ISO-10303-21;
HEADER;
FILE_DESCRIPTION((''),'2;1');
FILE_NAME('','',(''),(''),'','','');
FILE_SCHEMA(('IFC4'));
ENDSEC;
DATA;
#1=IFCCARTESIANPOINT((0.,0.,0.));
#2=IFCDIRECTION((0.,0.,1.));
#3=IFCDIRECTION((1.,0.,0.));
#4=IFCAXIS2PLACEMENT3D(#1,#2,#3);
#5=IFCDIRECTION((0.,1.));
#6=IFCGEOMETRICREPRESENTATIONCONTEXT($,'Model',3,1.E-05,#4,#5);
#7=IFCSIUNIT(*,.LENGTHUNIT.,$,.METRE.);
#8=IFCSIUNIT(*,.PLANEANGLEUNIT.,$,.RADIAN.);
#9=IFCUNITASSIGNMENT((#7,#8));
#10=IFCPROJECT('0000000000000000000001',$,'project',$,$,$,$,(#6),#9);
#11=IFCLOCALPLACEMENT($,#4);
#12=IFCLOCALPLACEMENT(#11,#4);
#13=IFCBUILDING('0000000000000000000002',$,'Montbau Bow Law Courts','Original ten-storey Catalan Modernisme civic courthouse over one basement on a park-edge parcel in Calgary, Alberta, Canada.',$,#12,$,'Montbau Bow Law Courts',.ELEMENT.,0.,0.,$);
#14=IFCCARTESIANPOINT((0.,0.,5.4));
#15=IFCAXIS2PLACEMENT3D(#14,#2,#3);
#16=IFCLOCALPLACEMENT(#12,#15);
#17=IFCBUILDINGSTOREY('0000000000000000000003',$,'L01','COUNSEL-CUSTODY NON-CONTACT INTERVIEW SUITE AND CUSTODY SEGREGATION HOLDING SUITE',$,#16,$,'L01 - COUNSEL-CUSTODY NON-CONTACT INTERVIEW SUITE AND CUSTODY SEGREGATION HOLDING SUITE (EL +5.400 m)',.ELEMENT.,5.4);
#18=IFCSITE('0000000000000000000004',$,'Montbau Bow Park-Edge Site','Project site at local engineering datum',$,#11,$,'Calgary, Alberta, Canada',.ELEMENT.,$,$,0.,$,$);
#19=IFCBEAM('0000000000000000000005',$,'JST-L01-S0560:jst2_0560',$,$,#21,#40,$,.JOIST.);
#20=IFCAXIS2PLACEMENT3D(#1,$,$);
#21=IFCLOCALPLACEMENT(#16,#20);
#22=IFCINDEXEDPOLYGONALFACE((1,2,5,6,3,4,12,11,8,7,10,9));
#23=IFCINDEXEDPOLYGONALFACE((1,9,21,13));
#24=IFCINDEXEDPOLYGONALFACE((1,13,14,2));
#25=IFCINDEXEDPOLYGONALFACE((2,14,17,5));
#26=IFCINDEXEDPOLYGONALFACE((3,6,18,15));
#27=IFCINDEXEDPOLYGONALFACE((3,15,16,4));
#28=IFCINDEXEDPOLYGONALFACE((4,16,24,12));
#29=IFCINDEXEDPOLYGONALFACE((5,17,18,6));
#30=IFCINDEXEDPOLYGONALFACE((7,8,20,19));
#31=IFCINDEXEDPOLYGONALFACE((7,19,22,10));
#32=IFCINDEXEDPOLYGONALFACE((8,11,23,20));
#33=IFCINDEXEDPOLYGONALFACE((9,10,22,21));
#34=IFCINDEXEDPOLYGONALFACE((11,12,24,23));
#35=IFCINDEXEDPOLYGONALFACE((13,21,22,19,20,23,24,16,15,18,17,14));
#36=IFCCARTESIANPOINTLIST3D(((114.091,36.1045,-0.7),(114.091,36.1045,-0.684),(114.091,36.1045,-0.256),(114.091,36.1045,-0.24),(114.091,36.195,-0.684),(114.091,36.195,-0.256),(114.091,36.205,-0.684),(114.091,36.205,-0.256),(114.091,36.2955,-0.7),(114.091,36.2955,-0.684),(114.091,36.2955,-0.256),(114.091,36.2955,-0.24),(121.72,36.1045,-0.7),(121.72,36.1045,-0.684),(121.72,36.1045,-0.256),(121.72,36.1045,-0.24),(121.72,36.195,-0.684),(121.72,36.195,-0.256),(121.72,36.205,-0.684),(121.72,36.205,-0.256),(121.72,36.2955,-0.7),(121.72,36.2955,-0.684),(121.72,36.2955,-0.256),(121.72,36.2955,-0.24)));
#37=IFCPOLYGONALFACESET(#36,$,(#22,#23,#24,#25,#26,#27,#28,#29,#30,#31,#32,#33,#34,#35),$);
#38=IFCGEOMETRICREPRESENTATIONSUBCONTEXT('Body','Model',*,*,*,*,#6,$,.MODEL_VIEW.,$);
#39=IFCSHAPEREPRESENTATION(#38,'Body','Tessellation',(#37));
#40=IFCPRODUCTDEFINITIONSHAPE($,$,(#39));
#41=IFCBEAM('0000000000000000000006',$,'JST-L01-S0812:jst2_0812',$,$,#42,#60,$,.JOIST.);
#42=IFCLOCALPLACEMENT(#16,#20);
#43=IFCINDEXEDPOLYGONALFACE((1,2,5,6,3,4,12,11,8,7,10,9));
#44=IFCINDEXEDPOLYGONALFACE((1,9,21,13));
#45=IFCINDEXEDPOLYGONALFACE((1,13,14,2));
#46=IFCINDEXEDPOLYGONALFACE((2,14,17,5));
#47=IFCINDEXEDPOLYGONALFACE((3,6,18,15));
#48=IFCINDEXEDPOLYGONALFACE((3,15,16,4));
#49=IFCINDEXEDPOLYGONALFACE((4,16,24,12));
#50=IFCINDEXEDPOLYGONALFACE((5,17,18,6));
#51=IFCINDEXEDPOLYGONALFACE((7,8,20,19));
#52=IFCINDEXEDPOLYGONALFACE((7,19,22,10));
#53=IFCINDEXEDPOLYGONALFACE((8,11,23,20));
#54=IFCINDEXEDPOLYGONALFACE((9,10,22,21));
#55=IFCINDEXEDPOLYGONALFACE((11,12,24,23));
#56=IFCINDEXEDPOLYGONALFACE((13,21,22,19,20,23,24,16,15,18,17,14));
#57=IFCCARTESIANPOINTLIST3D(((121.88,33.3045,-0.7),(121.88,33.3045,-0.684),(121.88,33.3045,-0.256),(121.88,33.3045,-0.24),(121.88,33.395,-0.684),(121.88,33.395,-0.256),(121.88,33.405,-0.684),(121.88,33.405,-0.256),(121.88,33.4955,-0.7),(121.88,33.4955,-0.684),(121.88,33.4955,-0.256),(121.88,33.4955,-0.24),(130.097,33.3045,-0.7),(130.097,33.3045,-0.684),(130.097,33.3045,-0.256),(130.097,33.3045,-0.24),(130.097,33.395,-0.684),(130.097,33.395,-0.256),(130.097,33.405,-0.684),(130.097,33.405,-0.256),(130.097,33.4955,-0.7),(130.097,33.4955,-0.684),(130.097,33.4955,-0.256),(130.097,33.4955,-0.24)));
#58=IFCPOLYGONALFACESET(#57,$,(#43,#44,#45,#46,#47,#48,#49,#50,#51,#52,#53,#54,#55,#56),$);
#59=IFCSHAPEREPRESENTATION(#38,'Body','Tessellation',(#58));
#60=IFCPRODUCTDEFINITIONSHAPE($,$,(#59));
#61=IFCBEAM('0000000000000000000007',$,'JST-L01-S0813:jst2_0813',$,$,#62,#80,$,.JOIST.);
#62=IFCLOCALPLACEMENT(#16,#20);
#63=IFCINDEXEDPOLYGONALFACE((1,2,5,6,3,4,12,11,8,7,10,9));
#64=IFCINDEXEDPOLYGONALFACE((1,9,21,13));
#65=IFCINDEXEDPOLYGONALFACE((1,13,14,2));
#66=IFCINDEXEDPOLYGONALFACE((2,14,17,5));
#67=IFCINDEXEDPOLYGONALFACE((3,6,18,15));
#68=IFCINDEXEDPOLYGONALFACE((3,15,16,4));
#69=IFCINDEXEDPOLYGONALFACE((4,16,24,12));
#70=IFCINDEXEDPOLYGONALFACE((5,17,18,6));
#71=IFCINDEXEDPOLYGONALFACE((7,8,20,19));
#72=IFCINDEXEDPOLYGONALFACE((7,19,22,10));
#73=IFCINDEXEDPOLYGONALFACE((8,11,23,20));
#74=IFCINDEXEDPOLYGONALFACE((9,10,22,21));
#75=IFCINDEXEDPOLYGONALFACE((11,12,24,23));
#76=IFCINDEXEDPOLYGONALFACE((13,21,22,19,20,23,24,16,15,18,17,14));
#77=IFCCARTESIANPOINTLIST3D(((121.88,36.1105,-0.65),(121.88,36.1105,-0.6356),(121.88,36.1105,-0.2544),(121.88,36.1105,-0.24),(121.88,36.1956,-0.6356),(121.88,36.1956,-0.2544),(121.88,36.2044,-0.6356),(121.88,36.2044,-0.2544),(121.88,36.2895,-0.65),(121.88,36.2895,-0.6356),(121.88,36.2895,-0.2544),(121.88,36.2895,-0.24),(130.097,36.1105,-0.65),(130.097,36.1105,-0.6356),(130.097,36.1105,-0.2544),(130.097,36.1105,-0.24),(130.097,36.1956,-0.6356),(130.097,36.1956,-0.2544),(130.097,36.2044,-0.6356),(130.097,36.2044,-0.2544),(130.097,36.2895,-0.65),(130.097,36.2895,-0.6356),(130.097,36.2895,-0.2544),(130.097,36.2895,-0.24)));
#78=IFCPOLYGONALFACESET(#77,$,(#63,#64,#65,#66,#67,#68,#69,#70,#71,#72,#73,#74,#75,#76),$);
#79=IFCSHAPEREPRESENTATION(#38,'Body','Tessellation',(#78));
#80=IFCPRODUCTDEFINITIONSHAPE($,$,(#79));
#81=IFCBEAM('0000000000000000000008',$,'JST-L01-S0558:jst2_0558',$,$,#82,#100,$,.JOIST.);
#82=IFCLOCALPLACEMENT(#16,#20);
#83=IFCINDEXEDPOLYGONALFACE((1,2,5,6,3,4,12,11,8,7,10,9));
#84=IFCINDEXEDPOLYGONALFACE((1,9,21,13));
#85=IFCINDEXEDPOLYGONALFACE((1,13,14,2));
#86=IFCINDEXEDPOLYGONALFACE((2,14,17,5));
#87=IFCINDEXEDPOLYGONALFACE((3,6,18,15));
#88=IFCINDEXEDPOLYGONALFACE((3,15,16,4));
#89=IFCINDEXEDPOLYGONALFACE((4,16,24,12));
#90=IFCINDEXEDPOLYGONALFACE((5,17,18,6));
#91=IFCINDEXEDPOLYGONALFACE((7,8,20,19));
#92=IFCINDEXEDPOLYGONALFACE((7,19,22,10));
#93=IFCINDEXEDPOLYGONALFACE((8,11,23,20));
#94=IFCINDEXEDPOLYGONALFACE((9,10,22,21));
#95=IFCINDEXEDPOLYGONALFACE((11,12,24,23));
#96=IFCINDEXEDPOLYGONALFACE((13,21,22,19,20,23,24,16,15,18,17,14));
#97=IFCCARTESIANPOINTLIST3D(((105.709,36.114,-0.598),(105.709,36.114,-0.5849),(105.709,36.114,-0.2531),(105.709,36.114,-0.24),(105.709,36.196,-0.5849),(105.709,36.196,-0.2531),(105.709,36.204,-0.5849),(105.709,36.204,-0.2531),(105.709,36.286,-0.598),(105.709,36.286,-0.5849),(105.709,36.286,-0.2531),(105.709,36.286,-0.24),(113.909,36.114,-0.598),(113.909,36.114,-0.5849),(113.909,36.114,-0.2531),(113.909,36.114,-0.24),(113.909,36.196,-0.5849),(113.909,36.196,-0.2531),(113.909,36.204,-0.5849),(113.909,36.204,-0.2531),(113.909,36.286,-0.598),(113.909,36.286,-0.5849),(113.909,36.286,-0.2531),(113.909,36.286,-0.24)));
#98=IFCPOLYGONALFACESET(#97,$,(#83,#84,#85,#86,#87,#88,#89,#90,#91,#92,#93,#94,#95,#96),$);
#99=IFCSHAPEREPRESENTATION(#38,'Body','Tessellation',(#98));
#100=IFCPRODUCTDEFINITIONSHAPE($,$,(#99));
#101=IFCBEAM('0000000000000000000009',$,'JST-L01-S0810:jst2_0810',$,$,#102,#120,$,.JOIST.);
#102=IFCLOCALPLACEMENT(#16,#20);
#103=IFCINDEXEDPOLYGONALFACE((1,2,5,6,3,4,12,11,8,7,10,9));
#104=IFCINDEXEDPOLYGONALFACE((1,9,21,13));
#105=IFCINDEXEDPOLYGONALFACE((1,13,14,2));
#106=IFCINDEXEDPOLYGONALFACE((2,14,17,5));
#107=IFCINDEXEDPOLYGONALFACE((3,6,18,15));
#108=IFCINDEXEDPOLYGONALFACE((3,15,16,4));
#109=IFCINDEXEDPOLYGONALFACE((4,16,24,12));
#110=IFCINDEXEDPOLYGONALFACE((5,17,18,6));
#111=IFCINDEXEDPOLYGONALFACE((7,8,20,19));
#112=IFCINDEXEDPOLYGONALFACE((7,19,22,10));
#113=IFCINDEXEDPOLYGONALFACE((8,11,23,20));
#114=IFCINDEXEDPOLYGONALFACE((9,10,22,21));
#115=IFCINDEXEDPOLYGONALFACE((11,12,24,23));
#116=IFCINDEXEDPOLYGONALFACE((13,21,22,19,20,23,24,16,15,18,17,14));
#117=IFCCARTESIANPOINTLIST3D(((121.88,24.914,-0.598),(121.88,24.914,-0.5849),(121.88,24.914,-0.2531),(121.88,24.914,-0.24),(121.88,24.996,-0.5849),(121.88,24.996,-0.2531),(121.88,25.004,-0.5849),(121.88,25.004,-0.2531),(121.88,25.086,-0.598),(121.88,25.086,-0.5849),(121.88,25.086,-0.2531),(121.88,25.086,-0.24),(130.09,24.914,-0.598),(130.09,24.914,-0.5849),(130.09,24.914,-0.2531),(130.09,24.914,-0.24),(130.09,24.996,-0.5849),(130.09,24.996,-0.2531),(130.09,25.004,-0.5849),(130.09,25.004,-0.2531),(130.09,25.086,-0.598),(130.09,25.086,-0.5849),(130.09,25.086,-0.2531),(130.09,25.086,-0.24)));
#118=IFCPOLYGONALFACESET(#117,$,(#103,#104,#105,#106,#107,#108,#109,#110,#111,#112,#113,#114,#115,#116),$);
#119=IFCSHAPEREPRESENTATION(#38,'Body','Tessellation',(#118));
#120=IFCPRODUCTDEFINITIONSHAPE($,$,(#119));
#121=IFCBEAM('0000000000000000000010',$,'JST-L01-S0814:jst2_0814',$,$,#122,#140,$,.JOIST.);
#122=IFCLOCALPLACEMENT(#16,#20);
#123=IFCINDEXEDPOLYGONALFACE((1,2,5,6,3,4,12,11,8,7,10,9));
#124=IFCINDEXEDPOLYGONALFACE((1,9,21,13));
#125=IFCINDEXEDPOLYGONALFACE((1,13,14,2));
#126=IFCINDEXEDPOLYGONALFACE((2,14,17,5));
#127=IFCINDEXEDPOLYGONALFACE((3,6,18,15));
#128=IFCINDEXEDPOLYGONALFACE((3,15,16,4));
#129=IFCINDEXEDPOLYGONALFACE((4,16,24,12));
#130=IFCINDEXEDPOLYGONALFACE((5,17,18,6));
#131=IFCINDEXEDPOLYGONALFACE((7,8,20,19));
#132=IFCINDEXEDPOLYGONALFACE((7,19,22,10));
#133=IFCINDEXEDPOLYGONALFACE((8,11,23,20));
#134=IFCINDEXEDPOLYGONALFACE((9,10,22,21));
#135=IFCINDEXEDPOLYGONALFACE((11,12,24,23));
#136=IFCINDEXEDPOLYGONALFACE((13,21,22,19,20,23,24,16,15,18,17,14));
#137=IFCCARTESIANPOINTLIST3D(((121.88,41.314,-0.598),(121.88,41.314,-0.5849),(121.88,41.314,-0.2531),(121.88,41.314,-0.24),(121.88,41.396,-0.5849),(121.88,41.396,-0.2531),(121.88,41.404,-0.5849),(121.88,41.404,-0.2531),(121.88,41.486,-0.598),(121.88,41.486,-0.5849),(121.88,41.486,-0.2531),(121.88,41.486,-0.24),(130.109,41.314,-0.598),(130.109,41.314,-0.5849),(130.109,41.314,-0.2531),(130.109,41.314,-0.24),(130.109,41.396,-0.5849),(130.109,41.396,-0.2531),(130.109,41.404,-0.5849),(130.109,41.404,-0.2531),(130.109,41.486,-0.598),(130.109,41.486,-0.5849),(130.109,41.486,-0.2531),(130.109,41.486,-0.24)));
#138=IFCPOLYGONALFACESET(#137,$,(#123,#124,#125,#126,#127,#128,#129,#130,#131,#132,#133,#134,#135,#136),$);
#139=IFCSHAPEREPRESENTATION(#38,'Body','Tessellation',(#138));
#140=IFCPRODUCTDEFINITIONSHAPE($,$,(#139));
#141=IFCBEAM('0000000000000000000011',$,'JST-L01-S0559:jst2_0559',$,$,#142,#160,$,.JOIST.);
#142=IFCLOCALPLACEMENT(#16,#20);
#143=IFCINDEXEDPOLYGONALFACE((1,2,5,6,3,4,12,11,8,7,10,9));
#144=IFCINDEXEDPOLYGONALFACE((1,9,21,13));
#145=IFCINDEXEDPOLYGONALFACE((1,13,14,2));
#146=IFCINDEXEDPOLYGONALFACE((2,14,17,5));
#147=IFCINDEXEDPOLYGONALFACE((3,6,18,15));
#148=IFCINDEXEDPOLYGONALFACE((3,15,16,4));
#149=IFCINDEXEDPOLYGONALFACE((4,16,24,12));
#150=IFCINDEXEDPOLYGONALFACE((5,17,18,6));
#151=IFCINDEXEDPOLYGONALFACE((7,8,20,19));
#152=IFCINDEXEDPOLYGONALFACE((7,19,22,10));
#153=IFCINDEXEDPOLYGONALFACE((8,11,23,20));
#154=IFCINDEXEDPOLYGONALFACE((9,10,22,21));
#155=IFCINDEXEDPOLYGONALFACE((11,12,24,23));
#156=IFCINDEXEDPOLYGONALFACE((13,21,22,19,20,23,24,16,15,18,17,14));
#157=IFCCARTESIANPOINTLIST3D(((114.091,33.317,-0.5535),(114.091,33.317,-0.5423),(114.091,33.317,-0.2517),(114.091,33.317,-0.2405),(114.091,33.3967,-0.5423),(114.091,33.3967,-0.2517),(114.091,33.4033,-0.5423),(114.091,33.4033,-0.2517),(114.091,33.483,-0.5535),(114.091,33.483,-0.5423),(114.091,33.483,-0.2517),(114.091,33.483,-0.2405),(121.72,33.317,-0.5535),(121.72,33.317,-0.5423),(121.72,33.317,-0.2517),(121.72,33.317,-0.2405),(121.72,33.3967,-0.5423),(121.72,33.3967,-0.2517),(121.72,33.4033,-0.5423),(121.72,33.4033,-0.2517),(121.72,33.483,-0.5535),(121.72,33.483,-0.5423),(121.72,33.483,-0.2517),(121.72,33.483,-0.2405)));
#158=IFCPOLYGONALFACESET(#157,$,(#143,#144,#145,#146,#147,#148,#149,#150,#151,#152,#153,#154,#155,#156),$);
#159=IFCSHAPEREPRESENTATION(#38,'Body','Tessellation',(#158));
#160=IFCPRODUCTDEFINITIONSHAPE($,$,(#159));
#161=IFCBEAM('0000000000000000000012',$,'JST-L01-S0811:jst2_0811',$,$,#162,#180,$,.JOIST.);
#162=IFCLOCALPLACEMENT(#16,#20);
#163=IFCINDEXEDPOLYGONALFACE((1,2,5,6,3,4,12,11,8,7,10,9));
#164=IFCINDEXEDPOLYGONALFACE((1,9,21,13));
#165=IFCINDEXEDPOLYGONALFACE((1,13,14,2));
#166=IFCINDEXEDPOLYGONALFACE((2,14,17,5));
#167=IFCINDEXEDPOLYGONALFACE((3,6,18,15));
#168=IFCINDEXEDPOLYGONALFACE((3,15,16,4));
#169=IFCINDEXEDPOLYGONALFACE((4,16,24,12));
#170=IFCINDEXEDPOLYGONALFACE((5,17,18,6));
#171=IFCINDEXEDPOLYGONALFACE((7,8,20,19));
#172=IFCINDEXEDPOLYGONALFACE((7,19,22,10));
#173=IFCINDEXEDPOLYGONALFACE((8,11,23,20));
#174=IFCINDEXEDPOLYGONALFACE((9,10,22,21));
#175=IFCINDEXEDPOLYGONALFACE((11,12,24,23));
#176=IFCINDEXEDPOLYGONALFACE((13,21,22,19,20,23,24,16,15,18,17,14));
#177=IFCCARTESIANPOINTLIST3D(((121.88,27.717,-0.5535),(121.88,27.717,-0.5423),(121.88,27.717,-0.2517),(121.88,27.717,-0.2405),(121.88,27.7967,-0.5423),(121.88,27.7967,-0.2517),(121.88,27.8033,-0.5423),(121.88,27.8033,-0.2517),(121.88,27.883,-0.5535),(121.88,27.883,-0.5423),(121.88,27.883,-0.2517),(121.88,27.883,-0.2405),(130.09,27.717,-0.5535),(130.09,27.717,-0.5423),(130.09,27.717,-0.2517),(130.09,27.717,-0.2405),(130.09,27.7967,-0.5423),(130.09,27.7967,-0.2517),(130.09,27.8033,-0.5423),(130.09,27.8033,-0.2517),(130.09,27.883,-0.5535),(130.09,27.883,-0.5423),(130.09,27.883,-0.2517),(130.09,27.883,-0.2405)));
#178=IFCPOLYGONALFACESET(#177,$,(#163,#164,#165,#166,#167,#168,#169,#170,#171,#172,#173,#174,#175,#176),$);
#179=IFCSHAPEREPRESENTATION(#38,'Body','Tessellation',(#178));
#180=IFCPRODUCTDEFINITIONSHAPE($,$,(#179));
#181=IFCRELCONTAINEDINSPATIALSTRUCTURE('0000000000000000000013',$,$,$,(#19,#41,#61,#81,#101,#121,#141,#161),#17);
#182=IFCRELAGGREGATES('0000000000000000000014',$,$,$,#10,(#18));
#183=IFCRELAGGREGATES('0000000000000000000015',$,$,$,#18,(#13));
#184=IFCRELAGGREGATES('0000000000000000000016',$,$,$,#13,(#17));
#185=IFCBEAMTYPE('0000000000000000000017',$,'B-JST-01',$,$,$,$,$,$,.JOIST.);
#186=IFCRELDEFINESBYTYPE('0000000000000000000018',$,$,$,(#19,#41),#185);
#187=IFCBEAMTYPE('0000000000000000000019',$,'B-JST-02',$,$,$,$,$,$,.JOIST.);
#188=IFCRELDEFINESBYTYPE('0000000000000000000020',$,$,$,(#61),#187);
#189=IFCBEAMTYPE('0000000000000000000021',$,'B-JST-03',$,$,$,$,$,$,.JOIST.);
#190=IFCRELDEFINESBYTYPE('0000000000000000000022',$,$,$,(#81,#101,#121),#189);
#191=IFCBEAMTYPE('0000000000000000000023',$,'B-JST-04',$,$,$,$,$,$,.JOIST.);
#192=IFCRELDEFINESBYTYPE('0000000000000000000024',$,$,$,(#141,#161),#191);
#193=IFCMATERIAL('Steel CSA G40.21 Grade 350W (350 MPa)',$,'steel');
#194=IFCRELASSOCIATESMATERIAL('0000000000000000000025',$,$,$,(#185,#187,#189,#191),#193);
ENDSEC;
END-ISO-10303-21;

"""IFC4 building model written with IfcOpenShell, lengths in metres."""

from ifc_helpers import new_model, si_unit, direction, frame, origin_with_axes, origin_2d_with_axis, place, context, subcontext, project, spatial, i_section, extrude, material, material_profile, profile_set, type_object, element, save


model = new_model("IFC4")

# Units and contexts
model_context = context("Model", 3, precision=1e-05, world=origin_with_axes(), true_north=direction((0.0, 1.0)))
body_context = subcontext(model_context, "Body", "Model", "MODEL_VIEW")
ifc_project = project(units=[si_unit("LENGTHUNIT", "METRE"), si_unit("PLANEANGLEUNIT", "RADIAN")], contexts=[model_context])

# Site, building, storey
site_placement = place(None, origin_with_axes())
site = spatial("IfcSite", under=ifc_project, at=site_placement, Name="Montbau Bow Park-Edge Site", Description="Project site at local engineering datum", LongName="Calgary, Alberta, Canada", CompositionType="ELEMENT", RefElevation=0.0)
building_placement = place(site_placement, origin_with_axes())
building = spatial("IfcBuilding", under=site, at=building_placement, Name="Montbau Bow Law Courts", Description="Original ten-storey Catalan Modernisme civic courthouse over one basement on a park-edge parcel in Calgary, Alberta, Canada.", LongName="Montbau Bow Law Courts", CompositionType="ELEMENT", ElevationOfRefHeight=0.0, ElevationOfTerrain=0.0)
storey_placement = place(building_placement, frame((0.0, 0.0, 5.4), z_axis=(0.0, 0.0, 1.0), x_axis=(1.0, 0.0, 0.0)))
storey = spatial("IfcBuildingStorey", under=building, at=storey_placement, Name="L01", Description="COUNSEL-CUSTODY NON-CONTACT INTERVIEW SUITE AND CUSTODY SEGREGATION HOLDING SUITE", LongName="L01 - COUNSEL-CUSTODY NON-CONTACT INTERVIEW SUITE AND CUSTODY SEGREGATION HOLDING SUITE (EL +5.400 m)", CompositionType="ELEMENT", Elevation=5.4)

# Shared definitions
ifc_material_1 = material(Name="Steel CSA G40.21 Grade 350W (350 MPa)", Category="steel")

# Beams
ifc_material_profile_1 = material_profile(ifc_material_1, i_section(OverallWidth=0.191, OverallDepth=0.46, WebThickness=0.0099, FlangeThickness=0.016, at=origin_2d_with_axis()), Name="W460X82", Category="Main", Priority=0)
ifc_profile_set_1 = profile_set([ifc_material_profile_1], Name="Steel CSA G40.21 Grade 350W (350 MPa)")
beam_type_1 = type_object("IfcBeamType", Name="B-JST-01", PredefinedType="JOIST", material=ifc_profile_set_1)
beam_1_placement = place(None, frame((114.091, 36.2, 4.93), z_axis=(1.0, 0.0, 0.0), x_axis=(0.0, 1.0, 0.0)))
element("IfcBeam", 1, at=beam_1_placement, inside=storey, type_object=beam_type_1, Name="JST-L01-S0560:jst2_0560", PredefinedType="JOIST", context=body_context, shape_type="SweptSolid", body=[
    extrude(i_section(OverallWidth=0.191, OverallDepth=0.46, WebThickness=0.0099, FlangeThickness=0.016, at=origin_2d_with_axis()), origin_with_axes(), (0.0, 0.0, 1.0), 7.629),
])
beam_2_placement = place(None, frame((121.88, 33.4, 4.93), z_axis=(1.0, 0.0, 0.0), x_axis=(0.0, 1.0, 0.0)))
element("IfcBeam", 2, at=beam_2_placement, inside=storey, type_object=beam_type_1, Name="JST-L01-S0812:jst2_0812", PredefinedType="JOIST", context=body_context, shape_type="SweptSolid", body=[
    extrude(i_section(OverallWidth=0.191, OverallDepth=0.46, WebThickness=0.0099, FlangeThickness=0.016, at=origin_2d_with_axis()), origin_with_axes(), (0.0, 0.0, 1.0), 8.217),
])
ifc_material_profile_2 = material_profile(ifc_material_1, i_section(OverallWidth=0.179, OverallDepth=0.41, WebThickness=0.0088, FlangeThickness=0.0144, at=origin_2d_with_axis()), Name="W410X67", Category="Main", Priority=0)
ifc_profile_set_2 = profile_set([ifc_material_profile_2], Name="Steel CSA G40.21 Grade 350W (350 MPa)")
beam_type_2 = type_object("IfcBeamType", Name="B-JST-02", PredefinedType="JOIST", material=ifc_profile_set_2)
beam_3_placement = place(None, frame((121.88, 36.2, 4.955), z_axis=(1.0, 0.0, 0.0), x_axis=(0.0, 1.0, 0.0)))
element("IfcBeam", 3, at=beam_3_placement, inside=storey, type_object=beam_type_2, Name="JST-L01-S0813:jst2_0813", PredefinedType="JOIST", context=body_context, shape_type="SweptSolid", body=[
    extrude(i_section(OverallWidth=0.179, OverallDepth=0.41, WebThickness=0.0088, FlangeThickness=0.0144, at=origin_2d_with_axis()), origin_with_axes(), (0.0, 0.0, 1.0), 8.217),
])
ifc_material_profile_3 = material_profile(ifc_material_1, i_section(OverallWidth=0.172, OverallDepth=0.358, WebThickness=0.0079, FlangeThickness=0.0131, at=origin_2d_with_axis()), Name="W360X57", Category="Main", Priority=0)
ifc_profile_set_3 = profile_set([ifc_material_profile_3], Name="Steel CSA G40.21 Grade 350W (350 MPa)")
beam_type_3 = type_object("IfcBeamType", Name="B-JST-03", PredefinedType="JOIST", material=ifc_profile_set_3)
beam_4_placement = place(None, frame((105.709, 36.2, 4.981), z_axis=(1.0, 0.0, 0.0), x_axis=(0.0, 1.0, 0.0)))
element("IfcBeam", 4, at=beam_4_placement, inside=storey, type_object=beam_type_3, Name="JST-L01-S0558:jst2_0558", PredefinedType="JOIST", context=body_context, shape_type="SweptSolid", body=[
    extrude(i_section(OverallWidth=0.172, OverallDepth=0.358, WebThickness=0.0079, FlangeThickness=0.0131, at=origin_2d_with_axis()), origin_with_axes(), (0.0, 0.0, 1.0), 8.2),
])
beam_5_placement = place(None, frame((121.88, 25.0, 4.981), z_axis=(1.0, 0.0, 0.0), x_axis=(0.0, 1.0, 0.0)))
element("IfcBeam", 5, at=beam_5_placement, inside=storey, type_object=beam_type_3, Name="JST-L01-S0810:jst2_0810", PredefinedType="JOIST", context=body_context, shape_type="SweptSolid", body=[
    extrude(i_section(OverallWidth=0.172, OverallDepth=0.358, WebThickness=0.0079, FlangeThickness=0.0131, at=origin_2d_with_axis()), origin_with_axes(), (0.0, 0.0, 1.0), 8.21),
])
beam_6_placement = place(None, frame((121.88, 41.4, 4.981), z_axis=(1.0, 0.0, 0.0), x_axis=(0.0, 1.0, 0.0)))
element("IfcBeam", 6, at=beam_6_placement, inside=storey, type_object=beam_type_3, Name="JST-L01-S0814:jst2_0814", PredefinedType="JOIST", context=body_context, shape_type="SweptSolid", body=[
    extrude(i_section(OverallWidth=0.172, OverallDepth=0.358, WebThickness=0.0079, FlangeThickness=0.0131, at=origin_2d_with_axis()), origin_with_axes(), (0.0, 0.0, 1.0), 8.229),
])
ifc_material_profile_4 = material_profile(ifc_material_1, i_section(OverallWidth=0.166, OverallDepth=0.313, WebThickness=0.0066, FlangeThickness=0.0112, at=origin_2d_with_axis()), Name="W310X45", Category="Main", Priority=0)
ifc_profile_set_4 = profile_set([ifc_material_profile_4], Name="Steel CSA G40.21 Grade 350W (350 MPa)")
beam_type_4 = type_object("IfcBeamType", Name="B-JST-04", PredefinedType="JOIST", material=ifc_profile_set_4)
beam_7_placement = place(None, frame((114.091, 33.4, 5.003), z_axis=(1.0, 0.0, 0.0), x_axis=(0.0, 1.0, 0.0)))
element("IfcBeam", 7, at=beam_7_placement, inside=storey, type_object=beam_type_4, Name="JST-L01-S0559:jst2_0559", PredefinedType="JOIST", context=body_context, shape_type="SweptSolid", body=[
    extrude(i_section(OverallWidth=0.166, OverallDepth=0.313, WebThickness=0.0066, FlangeThickness=0.0112, at=origin_2d_with_axis()), origin_with_axes(), (0.0, 0.0, 1.0), 7.629),
])
beam_8_placement = place(None, frame((121.88, 27.8, 5.003), z_axis=(1.0, 0.0, 0.0), x_axis=(0.0, 1.0, 0.0)))
element("IfcBeam", 8, at=beam_8_placement, inside=storey, type_object=beam_type_4, Name="JST-L01-S0811:jst2_0811", PredefinedType="JOIST", context=body_context, shape_type="SweptSolid", body=[
    extrude(i_section(OverallWidth=0.166, OverallDepth=0.313, WebThickness=0.0066, FlangeThickness=0.0112, at=origin_2d_with_axis()), origin_with_axes(), (0.0, 0.0, 1.0), 8.21),
])

save(model, "model.ifc")
